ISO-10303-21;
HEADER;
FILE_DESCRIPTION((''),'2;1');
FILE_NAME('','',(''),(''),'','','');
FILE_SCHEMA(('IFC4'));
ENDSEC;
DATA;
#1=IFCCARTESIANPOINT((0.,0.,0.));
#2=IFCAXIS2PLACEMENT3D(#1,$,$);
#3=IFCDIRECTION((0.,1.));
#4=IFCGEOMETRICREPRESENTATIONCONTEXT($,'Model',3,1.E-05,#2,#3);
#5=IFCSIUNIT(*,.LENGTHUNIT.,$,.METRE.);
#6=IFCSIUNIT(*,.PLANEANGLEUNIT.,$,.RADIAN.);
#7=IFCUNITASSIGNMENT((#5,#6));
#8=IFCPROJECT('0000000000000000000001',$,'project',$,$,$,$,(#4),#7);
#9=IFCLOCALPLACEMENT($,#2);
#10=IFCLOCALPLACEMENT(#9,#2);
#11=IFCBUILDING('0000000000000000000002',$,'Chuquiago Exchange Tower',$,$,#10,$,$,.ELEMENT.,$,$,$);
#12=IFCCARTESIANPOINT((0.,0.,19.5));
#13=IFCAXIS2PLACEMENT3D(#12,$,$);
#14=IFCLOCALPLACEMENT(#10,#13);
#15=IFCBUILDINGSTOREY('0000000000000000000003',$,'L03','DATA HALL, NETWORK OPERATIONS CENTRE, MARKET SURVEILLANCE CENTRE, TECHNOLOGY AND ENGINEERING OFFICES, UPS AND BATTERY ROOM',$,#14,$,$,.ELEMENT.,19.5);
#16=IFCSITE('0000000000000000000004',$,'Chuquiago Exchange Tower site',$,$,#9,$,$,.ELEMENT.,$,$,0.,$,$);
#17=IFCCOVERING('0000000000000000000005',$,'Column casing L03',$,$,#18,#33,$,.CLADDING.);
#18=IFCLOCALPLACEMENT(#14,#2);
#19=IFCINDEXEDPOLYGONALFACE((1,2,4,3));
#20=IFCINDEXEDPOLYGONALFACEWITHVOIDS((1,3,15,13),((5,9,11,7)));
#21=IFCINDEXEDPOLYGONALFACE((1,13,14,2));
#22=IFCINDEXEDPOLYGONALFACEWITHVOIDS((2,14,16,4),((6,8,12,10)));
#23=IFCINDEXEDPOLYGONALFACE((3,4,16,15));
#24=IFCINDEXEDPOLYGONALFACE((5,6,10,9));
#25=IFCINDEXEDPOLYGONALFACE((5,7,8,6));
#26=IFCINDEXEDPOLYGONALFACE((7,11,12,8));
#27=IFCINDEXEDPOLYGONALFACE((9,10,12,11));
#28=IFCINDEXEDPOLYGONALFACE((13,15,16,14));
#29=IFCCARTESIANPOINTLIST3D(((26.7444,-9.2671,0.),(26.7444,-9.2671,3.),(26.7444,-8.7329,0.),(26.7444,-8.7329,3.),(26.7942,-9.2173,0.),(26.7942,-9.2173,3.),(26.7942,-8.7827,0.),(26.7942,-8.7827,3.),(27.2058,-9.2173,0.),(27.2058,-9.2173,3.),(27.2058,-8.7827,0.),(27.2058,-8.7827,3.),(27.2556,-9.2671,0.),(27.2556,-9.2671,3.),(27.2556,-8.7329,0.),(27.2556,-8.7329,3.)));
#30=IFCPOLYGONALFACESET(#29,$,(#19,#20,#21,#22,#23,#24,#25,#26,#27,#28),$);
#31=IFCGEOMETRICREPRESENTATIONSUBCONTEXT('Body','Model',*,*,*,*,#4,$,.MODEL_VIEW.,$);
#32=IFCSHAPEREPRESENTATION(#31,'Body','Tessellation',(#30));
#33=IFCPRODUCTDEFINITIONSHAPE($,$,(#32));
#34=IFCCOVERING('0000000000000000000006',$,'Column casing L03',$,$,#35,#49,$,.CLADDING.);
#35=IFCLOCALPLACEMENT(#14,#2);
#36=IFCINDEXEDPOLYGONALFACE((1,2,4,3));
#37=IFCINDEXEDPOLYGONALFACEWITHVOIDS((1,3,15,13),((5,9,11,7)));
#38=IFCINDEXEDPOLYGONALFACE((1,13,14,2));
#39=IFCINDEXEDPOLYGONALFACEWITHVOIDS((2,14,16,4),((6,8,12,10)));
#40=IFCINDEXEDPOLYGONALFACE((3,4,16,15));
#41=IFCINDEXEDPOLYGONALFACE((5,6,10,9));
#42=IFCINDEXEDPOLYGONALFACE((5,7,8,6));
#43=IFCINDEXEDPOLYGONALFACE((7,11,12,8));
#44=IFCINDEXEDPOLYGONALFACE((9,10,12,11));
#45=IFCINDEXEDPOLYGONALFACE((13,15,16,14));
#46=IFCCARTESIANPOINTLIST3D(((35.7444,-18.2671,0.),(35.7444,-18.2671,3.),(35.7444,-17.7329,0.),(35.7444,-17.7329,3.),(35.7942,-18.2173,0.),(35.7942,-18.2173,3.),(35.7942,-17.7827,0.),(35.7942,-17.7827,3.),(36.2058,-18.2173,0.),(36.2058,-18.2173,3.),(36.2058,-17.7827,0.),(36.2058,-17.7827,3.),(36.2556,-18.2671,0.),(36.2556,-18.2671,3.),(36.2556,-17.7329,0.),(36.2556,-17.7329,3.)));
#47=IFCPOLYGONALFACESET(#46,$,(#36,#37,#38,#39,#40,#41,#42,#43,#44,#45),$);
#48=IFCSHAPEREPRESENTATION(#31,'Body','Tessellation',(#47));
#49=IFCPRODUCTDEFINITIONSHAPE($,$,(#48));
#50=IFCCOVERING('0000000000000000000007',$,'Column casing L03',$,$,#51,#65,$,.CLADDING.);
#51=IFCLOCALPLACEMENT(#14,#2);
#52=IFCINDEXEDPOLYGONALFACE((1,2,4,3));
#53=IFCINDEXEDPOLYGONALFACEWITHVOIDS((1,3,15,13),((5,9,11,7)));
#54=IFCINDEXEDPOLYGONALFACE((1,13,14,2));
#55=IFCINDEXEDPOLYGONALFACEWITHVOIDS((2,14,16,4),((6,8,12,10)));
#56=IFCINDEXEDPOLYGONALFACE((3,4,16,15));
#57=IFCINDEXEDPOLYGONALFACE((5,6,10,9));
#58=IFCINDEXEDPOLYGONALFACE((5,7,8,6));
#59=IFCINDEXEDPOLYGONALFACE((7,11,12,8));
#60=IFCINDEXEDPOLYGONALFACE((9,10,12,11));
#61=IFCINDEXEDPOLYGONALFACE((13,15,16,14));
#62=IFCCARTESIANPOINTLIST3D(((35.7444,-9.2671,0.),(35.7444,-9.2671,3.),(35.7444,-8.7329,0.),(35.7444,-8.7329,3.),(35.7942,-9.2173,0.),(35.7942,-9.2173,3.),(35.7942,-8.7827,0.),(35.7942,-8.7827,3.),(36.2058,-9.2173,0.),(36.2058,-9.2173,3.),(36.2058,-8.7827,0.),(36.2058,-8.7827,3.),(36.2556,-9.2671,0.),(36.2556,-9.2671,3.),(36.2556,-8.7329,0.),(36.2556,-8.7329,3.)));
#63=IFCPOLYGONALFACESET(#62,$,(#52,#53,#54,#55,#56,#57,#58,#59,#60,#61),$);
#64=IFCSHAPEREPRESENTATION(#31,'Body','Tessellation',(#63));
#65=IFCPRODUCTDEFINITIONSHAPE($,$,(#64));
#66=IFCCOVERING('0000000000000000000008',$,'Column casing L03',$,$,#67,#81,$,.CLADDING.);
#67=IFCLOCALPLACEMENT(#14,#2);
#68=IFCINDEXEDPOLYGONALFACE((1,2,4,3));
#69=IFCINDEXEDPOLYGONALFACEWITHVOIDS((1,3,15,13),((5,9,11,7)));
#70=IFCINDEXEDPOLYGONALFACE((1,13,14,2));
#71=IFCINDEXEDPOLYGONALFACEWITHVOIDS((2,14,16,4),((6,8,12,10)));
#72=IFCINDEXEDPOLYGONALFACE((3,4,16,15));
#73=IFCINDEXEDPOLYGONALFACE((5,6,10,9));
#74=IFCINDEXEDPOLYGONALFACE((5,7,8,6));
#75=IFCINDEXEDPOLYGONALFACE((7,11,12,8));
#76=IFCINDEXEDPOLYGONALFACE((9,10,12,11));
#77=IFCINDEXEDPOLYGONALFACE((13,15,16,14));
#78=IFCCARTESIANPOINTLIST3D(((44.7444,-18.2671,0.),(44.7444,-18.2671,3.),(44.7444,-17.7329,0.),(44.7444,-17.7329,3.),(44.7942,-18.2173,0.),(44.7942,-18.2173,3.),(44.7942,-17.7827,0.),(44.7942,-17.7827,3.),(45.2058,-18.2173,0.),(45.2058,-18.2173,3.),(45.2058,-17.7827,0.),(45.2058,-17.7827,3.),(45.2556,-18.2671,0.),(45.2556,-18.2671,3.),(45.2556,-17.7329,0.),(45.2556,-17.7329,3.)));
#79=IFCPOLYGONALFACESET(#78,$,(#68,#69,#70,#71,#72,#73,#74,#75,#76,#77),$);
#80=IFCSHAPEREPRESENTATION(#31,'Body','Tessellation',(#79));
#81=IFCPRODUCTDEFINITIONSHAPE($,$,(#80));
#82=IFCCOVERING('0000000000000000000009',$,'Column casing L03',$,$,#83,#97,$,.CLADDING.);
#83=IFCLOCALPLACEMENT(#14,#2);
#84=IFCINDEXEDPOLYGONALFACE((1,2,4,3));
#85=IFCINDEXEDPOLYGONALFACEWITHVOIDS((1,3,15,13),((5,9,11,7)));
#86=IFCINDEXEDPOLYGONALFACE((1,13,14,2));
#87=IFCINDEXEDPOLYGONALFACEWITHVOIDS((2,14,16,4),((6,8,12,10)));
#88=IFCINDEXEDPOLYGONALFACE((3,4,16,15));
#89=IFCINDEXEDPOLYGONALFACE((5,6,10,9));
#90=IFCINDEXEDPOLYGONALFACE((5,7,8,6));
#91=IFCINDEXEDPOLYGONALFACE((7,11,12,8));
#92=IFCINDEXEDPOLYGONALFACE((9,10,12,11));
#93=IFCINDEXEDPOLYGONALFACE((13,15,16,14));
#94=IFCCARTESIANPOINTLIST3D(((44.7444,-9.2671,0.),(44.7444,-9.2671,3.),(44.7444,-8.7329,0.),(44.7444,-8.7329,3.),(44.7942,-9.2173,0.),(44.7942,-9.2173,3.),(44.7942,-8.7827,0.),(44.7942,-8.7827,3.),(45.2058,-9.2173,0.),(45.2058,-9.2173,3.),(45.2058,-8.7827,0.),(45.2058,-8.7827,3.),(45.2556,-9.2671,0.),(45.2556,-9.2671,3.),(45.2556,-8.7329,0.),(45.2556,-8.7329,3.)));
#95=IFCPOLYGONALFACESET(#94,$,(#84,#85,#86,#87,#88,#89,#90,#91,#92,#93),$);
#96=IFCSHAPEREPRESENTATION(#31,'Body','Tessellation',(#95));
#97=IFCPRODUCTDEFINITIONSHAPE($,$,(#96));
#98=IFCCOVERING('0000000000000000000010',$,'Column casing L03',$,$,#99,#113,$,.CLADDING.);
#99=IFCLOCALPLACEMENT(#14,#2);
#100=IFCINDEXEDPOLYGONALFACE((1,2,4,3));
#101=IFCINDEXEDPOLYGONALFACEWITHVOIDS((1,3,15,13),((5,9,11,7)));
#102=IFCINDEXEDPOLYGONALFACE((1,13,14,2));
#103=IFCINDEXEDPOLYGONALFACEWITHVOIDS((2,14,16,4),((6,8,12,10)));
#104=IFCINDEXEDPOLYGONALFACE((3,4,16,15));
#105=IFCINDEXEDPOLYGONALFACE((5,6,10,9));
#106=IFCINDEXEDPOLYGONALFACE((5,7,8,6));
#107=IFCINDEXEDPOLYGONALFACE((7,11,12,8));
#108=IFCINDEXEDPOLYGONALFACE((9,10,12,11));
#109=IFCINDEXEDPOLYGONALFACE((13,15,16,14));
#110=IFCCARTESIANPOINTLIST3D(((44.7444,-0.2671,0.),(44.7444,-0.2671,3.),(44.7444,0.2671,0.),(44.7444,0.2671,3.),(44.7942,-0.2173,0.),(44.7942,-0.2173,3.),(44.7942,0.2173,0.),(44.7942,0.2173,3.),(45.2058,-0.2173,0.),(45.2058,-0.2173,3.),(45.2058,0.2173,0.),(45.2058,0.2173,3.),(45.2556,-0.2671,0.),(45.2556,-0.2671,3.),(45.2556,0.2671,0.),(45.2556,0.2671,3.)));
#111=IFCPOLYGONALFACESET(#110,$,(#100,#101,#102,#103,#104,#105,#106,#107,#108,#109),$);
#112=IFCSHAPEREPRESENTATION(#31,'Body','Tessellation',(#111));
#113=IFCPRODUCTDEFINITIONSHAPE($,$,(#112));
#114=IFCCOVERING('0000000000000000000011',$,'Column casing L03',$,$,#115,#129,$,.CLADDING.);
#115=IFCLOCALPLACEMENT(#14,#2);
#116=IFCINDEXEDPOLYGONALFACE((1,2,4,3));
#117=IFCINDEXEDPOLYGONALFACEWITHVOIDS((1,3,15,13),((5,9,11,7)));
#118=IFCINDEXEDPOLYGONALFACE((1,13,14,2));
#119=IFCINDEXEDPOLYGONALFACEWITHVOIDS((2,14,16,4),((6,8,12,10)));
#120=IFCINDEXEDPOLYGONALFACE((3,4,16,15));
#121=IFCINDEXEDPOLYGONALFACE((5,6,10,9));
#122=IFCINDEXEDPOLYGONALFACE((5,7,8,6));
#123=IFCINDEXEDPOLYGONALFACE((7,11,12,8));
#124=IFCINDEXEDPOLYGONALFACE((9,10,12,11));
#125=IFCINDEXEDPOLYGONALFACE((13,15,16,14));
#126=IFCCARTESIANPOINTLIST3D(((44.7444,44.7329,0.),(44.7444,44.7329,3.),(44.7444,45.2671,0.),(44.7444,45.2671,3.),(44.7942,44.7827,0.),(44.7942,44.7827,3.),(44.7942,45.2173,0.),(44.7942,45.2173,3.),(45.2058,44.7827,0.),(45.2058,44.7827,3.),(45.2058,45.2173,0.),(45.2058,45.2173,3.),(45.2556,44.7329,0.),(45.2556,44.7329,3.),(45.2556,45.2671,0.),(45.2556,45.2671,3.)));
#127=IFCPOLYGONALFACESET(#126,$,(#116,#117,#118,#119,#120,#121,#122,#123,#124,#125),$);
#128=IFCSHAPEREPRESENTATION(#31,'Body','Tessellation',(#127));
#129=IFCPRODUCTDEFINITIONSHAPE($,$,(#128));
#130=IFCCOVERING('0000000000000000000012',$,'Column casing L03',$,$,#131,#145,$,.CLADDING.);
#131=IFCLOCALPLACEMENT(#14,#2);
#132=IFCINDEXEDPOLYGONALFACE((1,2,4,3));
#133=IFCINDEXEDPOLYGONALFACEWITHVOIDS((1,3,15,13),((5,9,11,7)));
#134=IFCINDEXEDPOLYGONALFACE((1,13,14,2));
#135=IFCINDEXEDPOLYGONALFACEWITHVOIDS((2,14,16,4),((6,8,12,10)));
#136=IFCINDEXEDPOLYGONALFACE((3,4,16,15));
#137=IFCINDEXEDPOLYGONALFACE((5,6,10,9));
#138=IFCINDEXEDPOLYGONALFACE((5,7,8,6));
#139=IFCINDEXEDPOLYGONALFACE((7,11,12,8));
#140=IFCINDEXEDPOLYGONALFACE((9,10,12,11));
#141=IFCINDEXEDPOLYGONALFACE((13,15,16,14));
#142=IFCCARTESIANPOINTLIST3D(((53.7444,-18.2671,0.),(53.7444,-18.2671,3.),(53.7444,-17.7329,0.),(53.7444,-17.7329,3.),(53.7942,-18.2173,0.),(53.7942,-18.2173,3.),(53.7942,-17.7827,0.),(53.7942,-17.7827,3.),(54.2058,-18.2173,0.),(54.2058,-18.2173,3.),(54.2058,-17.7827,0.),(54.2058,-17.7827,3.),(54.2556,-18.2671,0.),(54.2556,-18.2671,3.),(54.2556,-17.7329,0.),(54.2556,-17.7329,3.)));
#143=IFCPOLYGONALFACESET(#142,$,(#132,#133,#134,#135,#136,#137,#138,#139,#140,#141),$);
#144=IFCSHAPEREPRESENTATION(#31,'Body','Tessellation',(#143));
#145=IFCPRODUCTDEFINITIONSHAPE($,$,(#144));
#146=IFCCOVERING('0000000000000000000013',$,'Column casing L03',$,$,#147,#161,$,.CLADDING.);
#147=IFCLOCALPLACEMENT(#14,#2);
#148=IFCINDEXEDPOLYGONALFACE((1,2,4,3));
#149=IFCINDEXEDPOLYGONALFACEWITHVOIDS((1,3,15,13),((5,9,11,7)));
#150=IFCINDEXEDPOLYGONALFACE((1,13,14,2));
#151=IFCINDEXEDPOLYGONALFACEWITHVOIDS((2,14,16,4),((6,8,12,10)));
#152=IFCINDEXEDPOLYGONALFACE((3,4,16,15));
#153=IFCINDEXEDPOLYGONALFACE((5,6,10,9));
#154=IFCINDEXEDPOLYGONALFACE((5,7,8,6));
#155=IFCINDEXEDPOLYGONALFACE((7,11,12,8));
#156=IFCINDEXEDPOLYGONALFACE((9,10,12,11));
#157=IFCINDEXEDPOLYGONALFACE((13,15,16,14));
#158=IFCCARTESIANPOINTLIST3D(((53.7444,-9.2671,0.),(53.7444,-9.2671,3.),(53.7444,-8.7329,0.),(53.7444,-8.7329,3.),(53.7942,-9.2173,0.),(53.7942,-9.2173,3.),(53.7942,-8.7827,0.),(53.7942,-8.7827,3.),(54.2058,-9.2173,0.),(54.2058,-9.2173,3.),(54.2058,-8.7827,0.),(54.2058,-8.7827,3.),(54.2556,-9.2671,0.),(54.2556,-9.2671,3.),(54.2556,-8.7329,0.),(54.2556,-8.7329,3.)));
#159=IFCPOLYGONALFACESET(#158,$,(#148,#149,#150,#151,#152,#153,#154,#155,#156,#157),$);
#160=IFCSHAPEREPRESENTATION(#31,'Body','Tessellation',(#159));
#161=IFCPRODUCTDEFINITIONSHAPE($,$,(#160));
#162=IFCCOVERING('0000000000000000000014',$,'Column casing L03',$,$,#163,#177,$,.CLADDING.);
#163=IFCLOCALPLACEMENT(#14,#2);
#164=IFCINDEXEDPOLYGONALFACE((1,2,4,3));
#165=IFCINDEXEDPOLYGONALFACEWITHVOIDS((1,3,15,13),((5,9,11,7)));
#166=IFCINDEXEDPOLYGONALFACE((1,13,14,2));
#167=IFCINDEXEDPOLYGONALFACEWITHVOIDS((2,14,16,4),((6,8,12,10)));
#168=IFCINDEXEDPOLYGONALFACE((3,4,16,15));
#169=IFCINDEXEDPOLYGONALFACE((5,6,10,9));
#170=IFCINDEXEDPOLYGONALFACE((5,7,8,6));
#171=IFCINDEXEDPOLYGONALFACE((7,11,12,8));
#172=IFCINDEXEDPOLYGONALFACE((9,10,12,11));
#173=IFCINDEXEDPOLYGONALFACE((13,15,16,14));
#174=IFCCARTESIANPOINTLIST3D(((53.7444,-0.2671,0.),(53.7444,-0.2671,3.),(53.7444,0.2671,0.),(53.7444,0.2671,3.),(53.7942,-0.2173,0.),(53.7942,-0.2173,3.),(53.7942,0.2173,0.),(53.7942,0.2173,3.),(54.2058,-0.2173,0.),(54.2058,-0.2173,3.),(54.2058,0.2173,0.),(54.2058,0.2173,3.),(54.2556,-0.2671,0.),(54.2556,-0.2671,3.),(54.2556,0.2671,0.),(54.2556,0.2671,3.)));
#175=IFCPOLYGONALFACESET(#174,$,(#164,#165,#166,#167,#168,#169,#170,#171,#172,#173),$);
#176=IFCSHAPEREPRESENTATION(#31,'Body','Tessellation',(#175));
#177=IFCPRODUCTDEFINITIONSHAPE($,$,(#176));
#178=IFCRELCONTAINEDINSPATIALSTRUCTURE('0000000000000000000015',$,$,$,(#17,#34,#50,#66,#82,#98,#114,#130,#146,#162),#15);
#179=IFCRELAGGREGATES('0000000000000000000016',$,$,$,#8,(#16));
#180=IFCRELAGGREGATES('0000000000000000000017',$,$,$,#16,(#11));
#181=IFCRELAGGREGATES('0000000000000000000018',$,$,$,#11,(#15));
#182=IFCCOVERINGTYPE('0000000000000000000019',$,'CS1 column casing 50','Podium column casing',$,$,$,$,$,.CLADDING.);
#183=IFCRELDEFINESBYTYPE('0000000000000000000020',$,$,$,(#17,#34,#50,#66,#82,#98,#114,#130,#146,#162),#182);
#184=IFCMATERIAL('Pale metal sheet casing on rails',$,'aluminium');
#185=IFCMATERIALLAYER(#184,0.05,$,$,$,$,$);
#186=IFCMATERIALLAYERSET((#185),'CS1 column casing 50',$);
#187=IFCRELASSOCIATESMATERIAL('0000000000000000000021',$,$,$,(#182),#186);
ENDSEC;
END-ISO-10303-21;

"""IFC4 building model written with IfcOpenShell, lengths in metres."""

from ifc_helpers import new_model, si_unit, direction, frame, origin, place, context, subcontext, project, spatial, polyline, outline, extrude, material, layer, layer_set, type_object, element, save


model = new_model("IFC4")

# Units and contexts
model_context = context("Model", 3, precision=1e-05, world=origin(), true_north=direction((0.0, 1.0)))
body_context = subcontext(model_context, "Body", "Model", "MODEL_VIEW")
ifc_project = project(units=[si_unit("LENGTHUNIT", "METRE"), si_unit("PLANEANGLEUNIT", "RADIAN")], contexts=[model_context])

# Site, building, storey
site_placement = place(None, origin())
site = spatial("IfcSite", under=ifc_project, at=site_placement, Name="Chuquiago Exchange Tower site", CompositionType="ELEMENT", RefElevation=0.0)
building_placement = place(site_placement, origin())
building = spatial("IfcBuilding", under=site, at=building_placement, Name="Chuquiago Exchange Tower", CompositionType="ELEMENT")
storey_placement = place(building_placement, frame((0.0, 0.0, 19.5)))
storey = spatial("IfcBuildingStorey", under=building, at=storey_placement, Name="L03", Description="DATA HALL, NETWORK OPERATIONS CENTRE, MARKET SURVEILLANCE CENTRE, TECHNOLOGY AND ENGINEERING OFFICES, UPS AND BATTERY ROOM", CompositionType="ELEMENT", Elevation=19.5)

# Coverings
ifc_material_1 = material(Name="Pale metal sheet casing on rails", Category="aluminium")
ifc_layer = layer(ifc_material_1, 0.05)
ifc_layer_set = layer_set([ifc_layer], Name="CS1 column casing 50")
covering_type = type_object("IfcCoveringType", Name="CS1 column casing 50", Description="Podium column casing", PredefinedType="CLADDING", material=ifc_layer_set)
covering_1_placement = place(storey_placement, origin())
element("IfcCovering", 1, at=covering_1_placement, inside=storey, type_object=covering_type, Name="Column casing L03", PredefinedType="CLADDING", context=body_context, shape_type="SweptSolid", body=[
    extrude(outline(polyline([(26.7444, -9.2671), (27.2556, -9.2671), (27.2556, -8.7329), (26.7444, -8.7329), (26.7444, -9.2671)]), holes=[polyline([(26.7942, -9.2173), (26.7942, -8.7827), (27.2058, -8.7827), (27.2058, -9.2173), (26.7942, -9.2173)])]), origin(), (0.0, 0.0, 1.0), 3.0),
])
covering_2_placement = place(storey_placement, origin())
element("IfcCovering", 2, at=covering_2_placement, inside=storey, type_object=covering_type, Name="Column casing L03", PredefinedType="CLADDING", context=body_context, shape_type="SweptSolid", body=[
    extrude(outline(polyline([(35.7444, -18.2671), (36.2556, -18.2671), (36.2556, -17.7329), (35.7444, -17.7329), (35.7444, -18.2671)]), holes=[polyline([(35.7942, -18.2173), (35.7942, -17.7827), (36.2058, -17.7827), (36.2058, -18.2173), (35.7942, -18.2173)])]), origin(), (0.0, 0.0, 1.0), 3.0),
])
covering_3_placement = place(storey_placement, origin())
element("IfcCovering", 3, at=covering_3_placement, inside=storey, type_object=covering_type, Name="Column casing L03", PredefinedType="CLADDING", context=body_context, shape_type="SweptSolid", body=[
    extrude(outline(polyline([(35.7444, -9.2671), (36.2556, -9.2671), (36.2556, -8.7329), (35.7444, -8.7329), (35.7444, -9.2671)]), holes=[polyline([(35.7942, -9.2173), (35.7942, -8.7827), (36.2058, -8.7827), (36.2058, -9.2173), (35.7942, -9.2173)])]), origin(), (0.0, 0.0, 1.0), 3.0),
])
covering_4_placement = place(storey_placement, origin())
element("IfcCovering", 4, at=covering_4_placement, inside=storey, type_object=covering_type, Name="Column casing L03", PredefinedType="CLADDING", context=body_context, shape_type="SweptSolid", body=[
    extrude(outline(polyline([(44.7444, -18.2671), (45.2556, -18.2671), (45.2556, -17.7329), (44.7444, -17.7329), (44.7444, -18.2671)]), holes=[polyline([(44.7942, -18.2173), (44.7942, -17.7827), (45.2058, -17.7827), (45.2058, -18.2173), (44.7942, -18.2173)])]), origin(), (0.0, 0.0, 1.0), 3.0),
])
covering_5_placement = place(storey_placement, origin())
element("IfcCovering", 5, at=covering_5_placement, inside=storey, type_object=covering_type, Name="Column casing L03", PredefinedType="CLADDING", context=body_context, shape_type="SweptSolid", body=[
    extrude(outline(polyline([(44.7444, -9.2671), (45.2556, -9.2671), (45.2556, -8.7329), (44.7444, -8.7329), (44.7444, -9.2671)]), holes=[polyline([(44.7942, -9.2173), (44.7942, -8.7827), (45.2058, -8.7827), (45.2058, -9.2173), (44.7942, -9.2173)])]), origin(), (0.0, 0.0, 1.0), 3.0),
])
covering_6_placement = place(storey_placement, origin())
element("IfcCovering", 6, at=covering_6_placement, inside=storey, type_object=covering_type, Name="Column casing L03", PredefinedType="CLADDING", context=body_context, shape_type="SweptSolid", body=[
    extrude(outline(polyline([(44.7444, -0.2671), (45.2556, -0.2671), (45.2556, 0.2671), (44.7444, 0.2671), (44.7444, -0.2671)]), holes=[polyline([(44.7942, -0.2173), (44.7942, 0.2173), (45.2058, 0.2173), (45.2058, -0.2173), (44.7942, -0.2173)])]), origin(), (0.0, 0.0, 1.0), 3.0),
])
covering_7_placement = place(storey_placement, origin())
element("IfcCovering", 7, at=covering_7_placement, inside=storey, type_object=covering_type, Name="Column casing L03", PredefinedType="CLADDING", context=body_context, shape_type="SweptSolid", body=[
    extrude(outline(polyline([(44.7444, 44.7329), (45.2556, 44.7329), (45.2556, 45.2671), (44.7444, 45.2671), (44.7444, 44.7329)]), holes=[polyline([(44.7942, 44.7827), (44.7942, 45.2173), (45.2058, 45.2173), (45.2058, 44.7827), (44.7942, 44.7827)])]), origin(), (0.0, 0.0, 1.0), 3.0),
])
covering_8_placement = place(storey_placement, origin())
element("IfcCovering", 8, at=covering_8_placement, inside=storey, type_object=covering_type, Name="Column casing L03", PredefinedType="CLADDING", context=body_context, shape_type="SweptSolid", body=[
    extrude(outline(polyline([(53.7444, -18.2671), (54.2556, -18.2671), (54.2556, -17.7329), (53.7444, -17.7329), (53.7444, -18.2671)]), holes=[polyline([(53.7942, -18.2173), (53.7942, -17.7827), (54.2058, -17.7827), (54.2058, -18.2173), (53.7942, -18.2173)])]), origin(), (0.0, 0.0, 1.0), 3.0),
])
covering_9_placement = place(storey_placement, origin())
element("IfcCovering", 9, at=covering_9_placement, inside=storey, type_object=covering_type, Name="Column casing L03", PredefinedType="CLADDING", context=body_context, shape_type="SweptSolid", body=[
    extrude(outline(polyline([(53.7444, -9.2671), (54.2556, -9.2671), (54.2556, -8.7329), (53.7444, -8.7329), (53.7444, -9.2671)]), holes=[polyline([(53.7942, -9.2173), (53.7942, -8.7827), (54.2058, -8.7827), (54.2058, -9.2173), (53.7942, -9.2173)])]), origin(), (0.0, 0.0, 1.0), 3.0),
])
covering_10_placement = place(storey_placement, origin())
element("IfcCovering", 10, at=covering_10_placement, inside=storey, type_object=covering_type, Name="Column casing L03", PredefinedType="CLADDING", context=body_context, shape_type="SweptSolid", body=[
    extrude(outline(polyline([(53.7444, -0.2671), (54.2556, -0.2671), (54.2556, 0.2671), (53.7444, 0.2671), (53.7444, -0.2671)]), holes=[polyline([(53.7942, -0.2173), (53.7942, 0.2173), (54.2058, 0.2173), (54.2058, -0.2173), (53.7942, -0.2173)])]), origin(), (0.0, 0.0, 1.0), 3.0),
])

save(model, "model.ifc")
